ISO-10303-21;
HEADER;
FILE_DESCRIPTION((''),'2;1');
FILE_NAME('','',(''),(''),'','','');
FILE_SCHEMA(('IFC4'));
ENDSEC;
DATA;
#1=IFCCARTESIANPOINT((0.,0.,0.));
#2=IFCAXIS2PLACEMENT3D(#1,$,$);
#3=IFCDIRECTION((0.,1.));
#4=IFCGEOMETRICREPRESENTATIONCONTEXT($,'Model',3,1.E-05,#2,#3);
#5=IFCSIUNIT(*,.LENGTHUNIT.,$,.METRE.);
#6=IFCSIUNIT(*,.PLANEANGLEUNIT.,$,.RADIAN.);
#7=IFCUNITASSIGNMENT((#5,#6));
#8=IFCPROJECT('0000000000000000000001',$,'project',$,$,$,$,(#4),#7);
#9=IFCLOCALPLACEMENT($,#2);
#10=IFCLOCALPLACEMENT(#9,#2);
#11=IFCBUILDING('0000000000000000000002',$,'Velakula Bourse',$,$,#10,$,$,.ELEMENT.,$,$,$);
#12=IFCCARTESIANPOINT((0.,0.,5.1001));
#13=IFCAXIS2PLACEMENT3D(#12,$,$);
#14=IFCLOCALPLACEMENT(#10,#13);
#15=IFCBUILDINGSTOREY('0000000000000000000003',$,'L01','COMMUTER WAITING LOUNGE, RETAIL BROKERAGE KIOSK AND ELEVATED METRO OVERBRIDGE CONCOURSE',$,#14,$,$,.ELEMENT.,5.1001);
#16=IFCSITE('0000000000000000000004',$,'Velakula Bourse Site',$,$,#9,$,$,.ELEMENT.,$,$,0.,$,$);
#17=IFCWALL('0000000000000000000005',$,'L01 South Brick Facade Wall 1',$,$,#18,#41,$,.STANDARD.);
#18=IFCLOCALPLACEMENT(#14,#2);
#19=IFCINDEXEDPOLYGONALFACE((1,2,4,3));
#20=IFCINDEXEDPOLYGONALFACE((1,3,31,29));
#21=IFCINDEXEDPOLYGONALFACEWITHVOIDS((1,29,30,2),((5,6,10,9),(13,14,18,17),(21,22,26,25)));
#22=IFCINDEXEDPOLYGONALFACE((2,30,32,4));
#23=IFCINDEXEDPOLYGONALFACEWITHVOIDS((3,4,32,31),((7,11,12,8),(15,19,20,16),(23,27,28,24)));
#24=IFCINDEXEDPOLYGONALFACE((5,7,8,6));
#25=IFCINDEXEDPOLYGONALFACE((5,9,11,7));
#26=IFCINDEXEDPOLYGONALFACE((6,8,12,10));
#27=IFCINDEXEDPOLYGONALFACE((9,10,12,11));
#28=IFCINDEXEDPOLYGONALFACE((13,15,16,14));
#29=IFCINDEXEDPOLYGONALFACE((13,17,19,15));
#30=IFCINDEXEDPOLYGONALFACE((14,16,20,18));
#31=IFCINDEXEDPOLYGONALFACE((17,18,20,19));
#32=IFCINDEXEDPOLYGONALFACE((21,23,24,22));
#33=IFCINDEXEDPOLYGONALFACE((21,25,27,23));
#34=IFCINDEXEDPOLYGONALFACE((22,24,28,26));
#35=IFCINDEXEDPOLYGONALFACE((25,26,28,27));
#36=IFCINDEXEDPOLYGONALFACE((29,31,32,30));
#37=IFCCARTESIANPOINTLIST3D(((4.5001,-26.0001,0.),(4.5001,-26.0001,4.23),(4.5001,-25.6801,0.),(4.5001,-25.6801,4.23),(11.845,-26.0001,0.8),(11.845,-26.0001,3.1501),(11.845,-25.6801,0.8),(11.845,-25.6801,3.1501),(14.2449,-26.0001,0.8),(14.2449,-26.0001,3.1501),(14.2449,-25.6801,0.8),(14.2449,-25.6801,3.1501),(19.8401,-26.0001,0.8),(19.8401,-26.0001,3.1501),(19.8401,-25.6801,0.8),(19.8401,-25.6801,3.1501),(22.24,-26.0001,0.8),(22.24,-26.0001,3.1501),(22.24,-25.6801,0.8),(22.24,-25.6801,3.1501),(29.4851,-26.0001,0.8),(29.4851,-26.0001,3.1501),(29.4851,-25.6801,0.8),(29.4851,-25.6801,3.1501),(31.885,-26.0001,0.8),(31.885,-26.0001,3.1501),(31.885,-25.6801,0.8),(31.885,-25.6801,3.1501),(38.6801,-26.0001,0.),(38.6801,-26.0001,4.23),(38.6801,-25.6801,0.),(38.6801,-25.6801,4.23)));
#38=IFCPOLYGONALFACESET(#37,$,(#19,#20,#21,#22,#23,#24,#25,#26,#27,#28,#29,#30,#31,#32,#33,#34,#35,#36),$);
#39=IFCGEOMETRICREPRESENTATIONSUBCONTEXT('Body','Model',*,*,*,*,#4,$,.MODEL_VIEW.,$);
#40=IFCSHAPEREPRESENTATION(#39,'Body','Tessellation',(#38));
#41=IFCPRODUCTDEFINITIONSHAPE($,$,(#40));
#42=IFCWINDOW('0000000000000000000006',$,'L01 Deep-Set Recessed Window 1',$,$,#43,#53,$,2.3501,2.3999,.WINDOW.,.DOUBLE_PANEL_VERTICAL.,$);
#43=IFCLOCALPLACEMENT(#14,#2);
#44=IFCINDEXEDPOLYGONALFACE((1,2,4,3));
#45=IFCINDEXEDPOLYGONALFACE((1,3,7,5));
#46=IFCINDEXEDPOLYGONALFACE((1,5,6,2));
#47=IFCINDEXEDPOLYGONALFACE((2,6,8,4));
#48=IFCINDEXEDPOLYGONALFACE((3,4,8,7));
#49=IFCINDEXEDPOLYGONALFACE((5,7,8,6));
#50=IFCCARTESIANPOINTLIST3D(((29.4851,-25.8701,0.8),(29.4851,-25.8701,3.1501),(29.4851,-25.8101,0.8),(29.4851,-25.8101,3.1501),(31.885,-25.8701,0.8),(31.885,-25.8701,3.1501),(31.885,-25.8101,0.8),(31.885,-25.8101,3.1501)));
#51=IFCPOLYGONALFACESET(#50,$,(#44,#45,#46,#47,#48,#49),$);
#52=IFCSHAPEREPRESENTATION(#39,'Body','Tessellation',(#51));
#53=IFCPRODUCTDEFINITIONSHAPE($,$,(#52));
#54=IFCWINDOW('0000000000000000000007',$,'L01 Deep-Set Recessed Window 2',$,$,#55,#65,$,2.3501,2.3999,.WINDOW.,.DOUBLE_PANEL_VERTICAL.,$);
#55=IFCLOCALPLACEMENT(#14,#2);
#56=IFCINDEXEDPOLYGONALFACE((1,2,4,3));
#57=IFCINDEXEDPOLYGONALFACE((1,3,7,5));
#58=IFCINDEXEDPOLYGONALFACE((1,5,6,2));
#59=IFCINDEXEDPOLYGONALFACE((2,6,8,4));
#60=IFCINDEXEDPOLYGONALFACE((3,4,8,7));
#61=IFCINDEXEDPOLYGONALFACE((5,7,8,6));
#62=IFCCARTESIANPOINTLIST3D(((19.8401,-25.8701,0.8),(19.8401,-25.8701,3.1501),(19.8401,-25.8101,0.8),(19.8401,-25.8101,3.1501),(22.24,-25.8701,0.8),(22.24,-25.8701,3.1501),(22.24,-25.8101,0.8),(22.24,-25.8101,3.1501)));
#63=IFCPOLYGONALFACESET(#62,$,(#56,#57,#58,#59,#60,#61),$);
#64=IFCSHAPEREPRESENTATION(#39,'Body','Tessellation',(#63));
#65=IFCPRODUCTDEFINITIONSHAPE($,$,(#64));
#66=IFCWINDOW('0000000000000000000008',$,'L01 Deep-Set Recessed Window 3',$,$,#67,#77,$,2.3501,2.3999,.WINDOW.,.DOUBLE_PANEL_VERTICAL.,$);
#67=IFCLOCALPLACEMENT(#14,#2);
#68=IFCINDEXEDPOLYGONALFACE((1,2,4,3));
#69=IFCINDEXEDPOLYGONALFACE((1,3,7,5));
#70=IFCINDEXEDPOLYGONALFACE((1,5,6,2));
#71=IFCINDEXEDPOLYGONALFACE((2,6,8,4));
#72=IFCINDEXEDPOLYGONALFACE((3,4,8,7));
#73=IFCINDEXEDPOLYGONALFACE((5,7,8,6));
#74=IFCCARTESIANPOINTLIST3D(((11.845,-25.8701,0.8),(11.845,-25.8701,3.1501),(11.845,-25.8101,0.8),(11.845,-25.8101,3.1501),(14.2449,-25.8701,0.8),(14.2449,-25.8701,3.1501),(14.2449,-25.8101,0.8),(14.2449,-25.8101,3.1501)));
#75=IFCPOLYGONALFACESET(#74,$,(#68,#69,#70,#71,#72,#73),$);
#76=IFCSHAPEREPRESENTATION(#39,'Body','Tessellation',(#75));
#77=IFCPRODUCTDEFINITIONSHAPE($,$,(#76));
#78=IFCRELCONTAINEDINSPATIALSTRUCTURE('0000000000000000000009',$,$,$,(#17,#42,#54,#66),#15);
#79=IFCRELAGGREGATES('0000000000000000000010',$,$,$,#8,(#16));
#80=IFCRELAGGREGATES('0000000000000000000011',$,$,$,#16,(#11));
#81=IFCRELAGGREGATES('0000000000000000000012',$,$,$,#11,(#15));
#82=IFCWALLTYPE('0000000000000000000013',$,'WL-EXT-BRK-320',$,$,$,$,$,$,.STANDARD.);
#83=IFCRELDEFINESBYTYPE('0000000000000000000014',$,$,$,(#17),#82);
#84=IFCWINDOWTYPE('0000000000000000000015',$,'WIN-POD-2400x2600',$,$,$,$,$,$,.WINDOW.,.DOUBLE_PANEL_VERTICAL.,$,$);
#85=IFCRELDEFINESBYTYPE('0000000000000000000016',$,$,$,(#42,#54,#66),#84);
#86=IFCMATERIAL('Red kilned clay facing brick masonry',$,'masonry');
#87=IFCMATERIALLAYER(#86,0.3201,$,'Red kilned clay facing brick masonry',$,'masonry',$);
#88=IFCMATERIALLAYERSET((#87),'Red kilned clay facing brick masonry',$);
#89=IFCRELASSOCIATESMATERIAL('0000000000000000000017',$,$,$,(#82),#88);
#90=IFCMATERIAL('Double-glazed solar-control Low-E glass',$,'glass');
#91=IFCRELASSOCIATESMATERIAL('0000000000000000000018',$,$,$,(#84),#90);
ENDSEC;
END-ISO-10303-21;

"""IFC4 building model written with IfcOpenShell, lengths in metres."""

from ifc_helpers import new_model, si_unit, direction, frame, frame_2d, origin, place, context, subcontext, project, spatial, rectangle, extrude, material, layer, layer_set, type_object, element, fill, save


model = new_model("IFC4")

# Units and contexts
model_context = context("Model", 3, precision=1e-05, world=origin(), true_north=direction((0.0, 1.0)))
body_context = subcontext(model_context, "Body", "Model", "MODEL_VIEW")
ifc_project = project(units=[si_unit("LENGTHUNIT", "METRE"), si_unit("PLANEANGLEUNIT", "RADIAN")], contexts=[model_context])

# Site, building, storey
site_placement = place(None, origin())
site = spatial("IfcSite", under=ifc_project, at=site_placement, Name="Velakula Bourse Site", CompositionType="ELEMENT", RefElevation=0.0)
building_placement = place(site_placement, origin())
building = spatial("IfcBuilding", under=site, at=building_placement, Name="Velakula Bourse", CompositionType="ELEMENT")
storey_placement = place(building_placement, frame((0.0, 0.0, 5.1001)))
storey = spatial("IfcBuildingStorey", under=building, at=storey_placement, Name="L01", Description="COMMUTER WAITING LOUNGE, RETAIL BROKERAGE KIOSK AND ELEVATED METRO OVERBRIDGE CONCOURSE", CompositionType="ELEMENT", Elevation=5.1001)

# Wall, openings, windows
ifc_material_1 = material(Name="Red kilned clay facing brick masonry", Category="masonry")
ifc_layer = layer(ifc_material_1, 0.3201, Name="Red kilned clay facing brick masonry", Category="masonry")
ifc_layer_set = layer_set([ifc_layer], Name="Red kilned clay facing brick masonry")
wall_type = type_object("IfcWallType", Name="WL-EXT-BRK-320", PredefinedType="STANDARD", material=ifc_layer_set)
wall_placement = place(storey_placement, frame((38.6799, -25.8401, 0.0), z_axis=(0.0, 0.0, 1.0), x_axis=(-1.0, 0.0, 0.0)))
wall = element("IfcWall", 1, at=wall_placement, inside=storey, type_object=wall_type, Name="L01 South Brick Facade Wall 1", PredefinedType="STANDARD", context=body_context, shape_type="SweptSolid", body=[
    extrude(rectangle(XDim=34.1799, YDim=0.3201, at=frame_2d((17.0898, 0.0))), origin(), (0.0, 0.0, 1.0), 4.23),
])
opening_1_placement = place(wall_placement, frame((6.7949, 0.0, 0.8)))
opening_1 = element("IfcOpeningElement", 2, at=opening_1_placement, cuts=wall, PredefinedType="OPENING", context=body_context, shape_type="SweptSolid", body=[
    extrude(rectangle(XDim=2.3999, YDim=2.3501, at=frame_2d((1.2, 1.175))), frame((0.0, 0.1699, 0.0), z_axis=(0.0, -1.0, 0.0), x_axis=(1.0, 0.0, 0.0)), (0.0, 0.0, 1.0), 0.3401),
])
opening_2_placement = place(wall_placement, frame((16.4399, 0.0, 0.8)))
opening_2 = element("IfcOpeningElement", 3, at=opening_2_placement, cuts=wall, PredefinedType="OPENING", context=body_context, shape_type="SweptSolid", body=[
    extrude(rectangle(XDim=2.3999, YDim=2.3501, at=frame_2d((1.2, 1.175))), frame((0.0, 0.1699, 0.0), z_axis=(0.0, -1.0, 0.0), x_axis=(1.0, 0.0, 0.0)), (0.0, 0.0, 1.0), 0.3401),
])
opening_3_placement = place(wall_placement, frame((24.4351, 0.0, 0.8)))
opening_3 = element("IfcOpeningElement", 4, at=opening_3_placement, cuts=wall, PredefinedType="OPENING", context=body_context, shape_type="SweptSolid", body=[
    extrude(rectangle(XDim=2.3999, YDim=2.3501, at=frame_2d((1.2, 1.175))), frame((0.0, 0.1699, 0.0), z_axis=(0.0, -1.0, 0.0), x_axis=(1.0, 0.0, 0.0)), (0.0, 0.0, 1.0), 0.3401),
])
ifc_material_2 = material(Name="Double-glazed solar-control Low-E glass", Category="glass")
window_type = type_object("IfcWindowType", Name="WIN-POD-2400x2600", PartitioningType="DOUBLE_PANEL_VERTICAL", PredefinedType="WINDOW", material=ifc_material_2)
window_1_placement = place(opening_1_placement, origin())
window_1 = element("IfcWindow", 5, at=window_1_placement, inside=storey, type_object=window_type, Name="L01 Deep-Set Recessed Window 1", OverallHeight=2.3501, OverallWidth=2.3999, PartitioningType="DOUBLE_PANEL_VERTICAL", PredefinedType="WINDOW", context=body_context, shape_type="SweptSolid", body=[
    extrude(rectangle(XDim=2.3999, YDim=2.3501, at=frame_2d((1.2, 1.175))), frame((0.0, 0.03, 0.0), z_axis=(0.0, -1.0, 0.0), x_axis=(1.0, 0.0, 0.0)), (0.0, 0.0, 1.0), 0.0601),
])
fill(opening_1, window_1)
window_2_placement = place(opening_2_placement, origin())
window_2 = element("IfcWindow", 6, at=window_2_placement, inside=storey, type_object=window_type, Name="L01 Deep-Set Recessed Window 2", OverallHeight=2.3501, OverallWidth=2.3999, PartitioningType="DOUBLE_PANEL_VERTICAL", PredefinedType="WINDOW", context=body_context, shape_type="SweptSolid", body=[
    extrude(rectangle(XDim=2.3999, YDim=2.3501, at=frame_2d((1.2, 1.175))), frame((0.0, 0.03, 0.0), z_axis=(0.0, -1.0, 0.0), x_axis=(1.0, 0.0, 0.0)), (0.0, 0.0, 1.0), 0.0601),
])
fill(opening_2, window_2)
window_3_placement = place(opening_3_placement, origin())
window_3 = element("IfcWindow", 7, at=window_3_placement, inside=storey, type_object=window_type, Name="L01 Deep-Set Recessed Window 3", OverallHeight=2.3501, OverallWidth=2.3999, PartitioningType="DOUBLE_PANEL_VERTICAL", PredefinedType="WINDOW", context=body_context, shape_type="SweptSolid", body=[
    extrude(rectangle(XDim=2.3999, YDim=2.3501, at=frame_2d((1.2, 1.175))), frame((0.0, 0.03, 0.0), z_axis=(0.0, -1.0, 0.0), x_axis=(1.0, 0.0, 0.0)), (0.0, 0.0, 1.0), 0.0601),
])
fill(opening_3, window_3)

save(model, "model.ifc")
